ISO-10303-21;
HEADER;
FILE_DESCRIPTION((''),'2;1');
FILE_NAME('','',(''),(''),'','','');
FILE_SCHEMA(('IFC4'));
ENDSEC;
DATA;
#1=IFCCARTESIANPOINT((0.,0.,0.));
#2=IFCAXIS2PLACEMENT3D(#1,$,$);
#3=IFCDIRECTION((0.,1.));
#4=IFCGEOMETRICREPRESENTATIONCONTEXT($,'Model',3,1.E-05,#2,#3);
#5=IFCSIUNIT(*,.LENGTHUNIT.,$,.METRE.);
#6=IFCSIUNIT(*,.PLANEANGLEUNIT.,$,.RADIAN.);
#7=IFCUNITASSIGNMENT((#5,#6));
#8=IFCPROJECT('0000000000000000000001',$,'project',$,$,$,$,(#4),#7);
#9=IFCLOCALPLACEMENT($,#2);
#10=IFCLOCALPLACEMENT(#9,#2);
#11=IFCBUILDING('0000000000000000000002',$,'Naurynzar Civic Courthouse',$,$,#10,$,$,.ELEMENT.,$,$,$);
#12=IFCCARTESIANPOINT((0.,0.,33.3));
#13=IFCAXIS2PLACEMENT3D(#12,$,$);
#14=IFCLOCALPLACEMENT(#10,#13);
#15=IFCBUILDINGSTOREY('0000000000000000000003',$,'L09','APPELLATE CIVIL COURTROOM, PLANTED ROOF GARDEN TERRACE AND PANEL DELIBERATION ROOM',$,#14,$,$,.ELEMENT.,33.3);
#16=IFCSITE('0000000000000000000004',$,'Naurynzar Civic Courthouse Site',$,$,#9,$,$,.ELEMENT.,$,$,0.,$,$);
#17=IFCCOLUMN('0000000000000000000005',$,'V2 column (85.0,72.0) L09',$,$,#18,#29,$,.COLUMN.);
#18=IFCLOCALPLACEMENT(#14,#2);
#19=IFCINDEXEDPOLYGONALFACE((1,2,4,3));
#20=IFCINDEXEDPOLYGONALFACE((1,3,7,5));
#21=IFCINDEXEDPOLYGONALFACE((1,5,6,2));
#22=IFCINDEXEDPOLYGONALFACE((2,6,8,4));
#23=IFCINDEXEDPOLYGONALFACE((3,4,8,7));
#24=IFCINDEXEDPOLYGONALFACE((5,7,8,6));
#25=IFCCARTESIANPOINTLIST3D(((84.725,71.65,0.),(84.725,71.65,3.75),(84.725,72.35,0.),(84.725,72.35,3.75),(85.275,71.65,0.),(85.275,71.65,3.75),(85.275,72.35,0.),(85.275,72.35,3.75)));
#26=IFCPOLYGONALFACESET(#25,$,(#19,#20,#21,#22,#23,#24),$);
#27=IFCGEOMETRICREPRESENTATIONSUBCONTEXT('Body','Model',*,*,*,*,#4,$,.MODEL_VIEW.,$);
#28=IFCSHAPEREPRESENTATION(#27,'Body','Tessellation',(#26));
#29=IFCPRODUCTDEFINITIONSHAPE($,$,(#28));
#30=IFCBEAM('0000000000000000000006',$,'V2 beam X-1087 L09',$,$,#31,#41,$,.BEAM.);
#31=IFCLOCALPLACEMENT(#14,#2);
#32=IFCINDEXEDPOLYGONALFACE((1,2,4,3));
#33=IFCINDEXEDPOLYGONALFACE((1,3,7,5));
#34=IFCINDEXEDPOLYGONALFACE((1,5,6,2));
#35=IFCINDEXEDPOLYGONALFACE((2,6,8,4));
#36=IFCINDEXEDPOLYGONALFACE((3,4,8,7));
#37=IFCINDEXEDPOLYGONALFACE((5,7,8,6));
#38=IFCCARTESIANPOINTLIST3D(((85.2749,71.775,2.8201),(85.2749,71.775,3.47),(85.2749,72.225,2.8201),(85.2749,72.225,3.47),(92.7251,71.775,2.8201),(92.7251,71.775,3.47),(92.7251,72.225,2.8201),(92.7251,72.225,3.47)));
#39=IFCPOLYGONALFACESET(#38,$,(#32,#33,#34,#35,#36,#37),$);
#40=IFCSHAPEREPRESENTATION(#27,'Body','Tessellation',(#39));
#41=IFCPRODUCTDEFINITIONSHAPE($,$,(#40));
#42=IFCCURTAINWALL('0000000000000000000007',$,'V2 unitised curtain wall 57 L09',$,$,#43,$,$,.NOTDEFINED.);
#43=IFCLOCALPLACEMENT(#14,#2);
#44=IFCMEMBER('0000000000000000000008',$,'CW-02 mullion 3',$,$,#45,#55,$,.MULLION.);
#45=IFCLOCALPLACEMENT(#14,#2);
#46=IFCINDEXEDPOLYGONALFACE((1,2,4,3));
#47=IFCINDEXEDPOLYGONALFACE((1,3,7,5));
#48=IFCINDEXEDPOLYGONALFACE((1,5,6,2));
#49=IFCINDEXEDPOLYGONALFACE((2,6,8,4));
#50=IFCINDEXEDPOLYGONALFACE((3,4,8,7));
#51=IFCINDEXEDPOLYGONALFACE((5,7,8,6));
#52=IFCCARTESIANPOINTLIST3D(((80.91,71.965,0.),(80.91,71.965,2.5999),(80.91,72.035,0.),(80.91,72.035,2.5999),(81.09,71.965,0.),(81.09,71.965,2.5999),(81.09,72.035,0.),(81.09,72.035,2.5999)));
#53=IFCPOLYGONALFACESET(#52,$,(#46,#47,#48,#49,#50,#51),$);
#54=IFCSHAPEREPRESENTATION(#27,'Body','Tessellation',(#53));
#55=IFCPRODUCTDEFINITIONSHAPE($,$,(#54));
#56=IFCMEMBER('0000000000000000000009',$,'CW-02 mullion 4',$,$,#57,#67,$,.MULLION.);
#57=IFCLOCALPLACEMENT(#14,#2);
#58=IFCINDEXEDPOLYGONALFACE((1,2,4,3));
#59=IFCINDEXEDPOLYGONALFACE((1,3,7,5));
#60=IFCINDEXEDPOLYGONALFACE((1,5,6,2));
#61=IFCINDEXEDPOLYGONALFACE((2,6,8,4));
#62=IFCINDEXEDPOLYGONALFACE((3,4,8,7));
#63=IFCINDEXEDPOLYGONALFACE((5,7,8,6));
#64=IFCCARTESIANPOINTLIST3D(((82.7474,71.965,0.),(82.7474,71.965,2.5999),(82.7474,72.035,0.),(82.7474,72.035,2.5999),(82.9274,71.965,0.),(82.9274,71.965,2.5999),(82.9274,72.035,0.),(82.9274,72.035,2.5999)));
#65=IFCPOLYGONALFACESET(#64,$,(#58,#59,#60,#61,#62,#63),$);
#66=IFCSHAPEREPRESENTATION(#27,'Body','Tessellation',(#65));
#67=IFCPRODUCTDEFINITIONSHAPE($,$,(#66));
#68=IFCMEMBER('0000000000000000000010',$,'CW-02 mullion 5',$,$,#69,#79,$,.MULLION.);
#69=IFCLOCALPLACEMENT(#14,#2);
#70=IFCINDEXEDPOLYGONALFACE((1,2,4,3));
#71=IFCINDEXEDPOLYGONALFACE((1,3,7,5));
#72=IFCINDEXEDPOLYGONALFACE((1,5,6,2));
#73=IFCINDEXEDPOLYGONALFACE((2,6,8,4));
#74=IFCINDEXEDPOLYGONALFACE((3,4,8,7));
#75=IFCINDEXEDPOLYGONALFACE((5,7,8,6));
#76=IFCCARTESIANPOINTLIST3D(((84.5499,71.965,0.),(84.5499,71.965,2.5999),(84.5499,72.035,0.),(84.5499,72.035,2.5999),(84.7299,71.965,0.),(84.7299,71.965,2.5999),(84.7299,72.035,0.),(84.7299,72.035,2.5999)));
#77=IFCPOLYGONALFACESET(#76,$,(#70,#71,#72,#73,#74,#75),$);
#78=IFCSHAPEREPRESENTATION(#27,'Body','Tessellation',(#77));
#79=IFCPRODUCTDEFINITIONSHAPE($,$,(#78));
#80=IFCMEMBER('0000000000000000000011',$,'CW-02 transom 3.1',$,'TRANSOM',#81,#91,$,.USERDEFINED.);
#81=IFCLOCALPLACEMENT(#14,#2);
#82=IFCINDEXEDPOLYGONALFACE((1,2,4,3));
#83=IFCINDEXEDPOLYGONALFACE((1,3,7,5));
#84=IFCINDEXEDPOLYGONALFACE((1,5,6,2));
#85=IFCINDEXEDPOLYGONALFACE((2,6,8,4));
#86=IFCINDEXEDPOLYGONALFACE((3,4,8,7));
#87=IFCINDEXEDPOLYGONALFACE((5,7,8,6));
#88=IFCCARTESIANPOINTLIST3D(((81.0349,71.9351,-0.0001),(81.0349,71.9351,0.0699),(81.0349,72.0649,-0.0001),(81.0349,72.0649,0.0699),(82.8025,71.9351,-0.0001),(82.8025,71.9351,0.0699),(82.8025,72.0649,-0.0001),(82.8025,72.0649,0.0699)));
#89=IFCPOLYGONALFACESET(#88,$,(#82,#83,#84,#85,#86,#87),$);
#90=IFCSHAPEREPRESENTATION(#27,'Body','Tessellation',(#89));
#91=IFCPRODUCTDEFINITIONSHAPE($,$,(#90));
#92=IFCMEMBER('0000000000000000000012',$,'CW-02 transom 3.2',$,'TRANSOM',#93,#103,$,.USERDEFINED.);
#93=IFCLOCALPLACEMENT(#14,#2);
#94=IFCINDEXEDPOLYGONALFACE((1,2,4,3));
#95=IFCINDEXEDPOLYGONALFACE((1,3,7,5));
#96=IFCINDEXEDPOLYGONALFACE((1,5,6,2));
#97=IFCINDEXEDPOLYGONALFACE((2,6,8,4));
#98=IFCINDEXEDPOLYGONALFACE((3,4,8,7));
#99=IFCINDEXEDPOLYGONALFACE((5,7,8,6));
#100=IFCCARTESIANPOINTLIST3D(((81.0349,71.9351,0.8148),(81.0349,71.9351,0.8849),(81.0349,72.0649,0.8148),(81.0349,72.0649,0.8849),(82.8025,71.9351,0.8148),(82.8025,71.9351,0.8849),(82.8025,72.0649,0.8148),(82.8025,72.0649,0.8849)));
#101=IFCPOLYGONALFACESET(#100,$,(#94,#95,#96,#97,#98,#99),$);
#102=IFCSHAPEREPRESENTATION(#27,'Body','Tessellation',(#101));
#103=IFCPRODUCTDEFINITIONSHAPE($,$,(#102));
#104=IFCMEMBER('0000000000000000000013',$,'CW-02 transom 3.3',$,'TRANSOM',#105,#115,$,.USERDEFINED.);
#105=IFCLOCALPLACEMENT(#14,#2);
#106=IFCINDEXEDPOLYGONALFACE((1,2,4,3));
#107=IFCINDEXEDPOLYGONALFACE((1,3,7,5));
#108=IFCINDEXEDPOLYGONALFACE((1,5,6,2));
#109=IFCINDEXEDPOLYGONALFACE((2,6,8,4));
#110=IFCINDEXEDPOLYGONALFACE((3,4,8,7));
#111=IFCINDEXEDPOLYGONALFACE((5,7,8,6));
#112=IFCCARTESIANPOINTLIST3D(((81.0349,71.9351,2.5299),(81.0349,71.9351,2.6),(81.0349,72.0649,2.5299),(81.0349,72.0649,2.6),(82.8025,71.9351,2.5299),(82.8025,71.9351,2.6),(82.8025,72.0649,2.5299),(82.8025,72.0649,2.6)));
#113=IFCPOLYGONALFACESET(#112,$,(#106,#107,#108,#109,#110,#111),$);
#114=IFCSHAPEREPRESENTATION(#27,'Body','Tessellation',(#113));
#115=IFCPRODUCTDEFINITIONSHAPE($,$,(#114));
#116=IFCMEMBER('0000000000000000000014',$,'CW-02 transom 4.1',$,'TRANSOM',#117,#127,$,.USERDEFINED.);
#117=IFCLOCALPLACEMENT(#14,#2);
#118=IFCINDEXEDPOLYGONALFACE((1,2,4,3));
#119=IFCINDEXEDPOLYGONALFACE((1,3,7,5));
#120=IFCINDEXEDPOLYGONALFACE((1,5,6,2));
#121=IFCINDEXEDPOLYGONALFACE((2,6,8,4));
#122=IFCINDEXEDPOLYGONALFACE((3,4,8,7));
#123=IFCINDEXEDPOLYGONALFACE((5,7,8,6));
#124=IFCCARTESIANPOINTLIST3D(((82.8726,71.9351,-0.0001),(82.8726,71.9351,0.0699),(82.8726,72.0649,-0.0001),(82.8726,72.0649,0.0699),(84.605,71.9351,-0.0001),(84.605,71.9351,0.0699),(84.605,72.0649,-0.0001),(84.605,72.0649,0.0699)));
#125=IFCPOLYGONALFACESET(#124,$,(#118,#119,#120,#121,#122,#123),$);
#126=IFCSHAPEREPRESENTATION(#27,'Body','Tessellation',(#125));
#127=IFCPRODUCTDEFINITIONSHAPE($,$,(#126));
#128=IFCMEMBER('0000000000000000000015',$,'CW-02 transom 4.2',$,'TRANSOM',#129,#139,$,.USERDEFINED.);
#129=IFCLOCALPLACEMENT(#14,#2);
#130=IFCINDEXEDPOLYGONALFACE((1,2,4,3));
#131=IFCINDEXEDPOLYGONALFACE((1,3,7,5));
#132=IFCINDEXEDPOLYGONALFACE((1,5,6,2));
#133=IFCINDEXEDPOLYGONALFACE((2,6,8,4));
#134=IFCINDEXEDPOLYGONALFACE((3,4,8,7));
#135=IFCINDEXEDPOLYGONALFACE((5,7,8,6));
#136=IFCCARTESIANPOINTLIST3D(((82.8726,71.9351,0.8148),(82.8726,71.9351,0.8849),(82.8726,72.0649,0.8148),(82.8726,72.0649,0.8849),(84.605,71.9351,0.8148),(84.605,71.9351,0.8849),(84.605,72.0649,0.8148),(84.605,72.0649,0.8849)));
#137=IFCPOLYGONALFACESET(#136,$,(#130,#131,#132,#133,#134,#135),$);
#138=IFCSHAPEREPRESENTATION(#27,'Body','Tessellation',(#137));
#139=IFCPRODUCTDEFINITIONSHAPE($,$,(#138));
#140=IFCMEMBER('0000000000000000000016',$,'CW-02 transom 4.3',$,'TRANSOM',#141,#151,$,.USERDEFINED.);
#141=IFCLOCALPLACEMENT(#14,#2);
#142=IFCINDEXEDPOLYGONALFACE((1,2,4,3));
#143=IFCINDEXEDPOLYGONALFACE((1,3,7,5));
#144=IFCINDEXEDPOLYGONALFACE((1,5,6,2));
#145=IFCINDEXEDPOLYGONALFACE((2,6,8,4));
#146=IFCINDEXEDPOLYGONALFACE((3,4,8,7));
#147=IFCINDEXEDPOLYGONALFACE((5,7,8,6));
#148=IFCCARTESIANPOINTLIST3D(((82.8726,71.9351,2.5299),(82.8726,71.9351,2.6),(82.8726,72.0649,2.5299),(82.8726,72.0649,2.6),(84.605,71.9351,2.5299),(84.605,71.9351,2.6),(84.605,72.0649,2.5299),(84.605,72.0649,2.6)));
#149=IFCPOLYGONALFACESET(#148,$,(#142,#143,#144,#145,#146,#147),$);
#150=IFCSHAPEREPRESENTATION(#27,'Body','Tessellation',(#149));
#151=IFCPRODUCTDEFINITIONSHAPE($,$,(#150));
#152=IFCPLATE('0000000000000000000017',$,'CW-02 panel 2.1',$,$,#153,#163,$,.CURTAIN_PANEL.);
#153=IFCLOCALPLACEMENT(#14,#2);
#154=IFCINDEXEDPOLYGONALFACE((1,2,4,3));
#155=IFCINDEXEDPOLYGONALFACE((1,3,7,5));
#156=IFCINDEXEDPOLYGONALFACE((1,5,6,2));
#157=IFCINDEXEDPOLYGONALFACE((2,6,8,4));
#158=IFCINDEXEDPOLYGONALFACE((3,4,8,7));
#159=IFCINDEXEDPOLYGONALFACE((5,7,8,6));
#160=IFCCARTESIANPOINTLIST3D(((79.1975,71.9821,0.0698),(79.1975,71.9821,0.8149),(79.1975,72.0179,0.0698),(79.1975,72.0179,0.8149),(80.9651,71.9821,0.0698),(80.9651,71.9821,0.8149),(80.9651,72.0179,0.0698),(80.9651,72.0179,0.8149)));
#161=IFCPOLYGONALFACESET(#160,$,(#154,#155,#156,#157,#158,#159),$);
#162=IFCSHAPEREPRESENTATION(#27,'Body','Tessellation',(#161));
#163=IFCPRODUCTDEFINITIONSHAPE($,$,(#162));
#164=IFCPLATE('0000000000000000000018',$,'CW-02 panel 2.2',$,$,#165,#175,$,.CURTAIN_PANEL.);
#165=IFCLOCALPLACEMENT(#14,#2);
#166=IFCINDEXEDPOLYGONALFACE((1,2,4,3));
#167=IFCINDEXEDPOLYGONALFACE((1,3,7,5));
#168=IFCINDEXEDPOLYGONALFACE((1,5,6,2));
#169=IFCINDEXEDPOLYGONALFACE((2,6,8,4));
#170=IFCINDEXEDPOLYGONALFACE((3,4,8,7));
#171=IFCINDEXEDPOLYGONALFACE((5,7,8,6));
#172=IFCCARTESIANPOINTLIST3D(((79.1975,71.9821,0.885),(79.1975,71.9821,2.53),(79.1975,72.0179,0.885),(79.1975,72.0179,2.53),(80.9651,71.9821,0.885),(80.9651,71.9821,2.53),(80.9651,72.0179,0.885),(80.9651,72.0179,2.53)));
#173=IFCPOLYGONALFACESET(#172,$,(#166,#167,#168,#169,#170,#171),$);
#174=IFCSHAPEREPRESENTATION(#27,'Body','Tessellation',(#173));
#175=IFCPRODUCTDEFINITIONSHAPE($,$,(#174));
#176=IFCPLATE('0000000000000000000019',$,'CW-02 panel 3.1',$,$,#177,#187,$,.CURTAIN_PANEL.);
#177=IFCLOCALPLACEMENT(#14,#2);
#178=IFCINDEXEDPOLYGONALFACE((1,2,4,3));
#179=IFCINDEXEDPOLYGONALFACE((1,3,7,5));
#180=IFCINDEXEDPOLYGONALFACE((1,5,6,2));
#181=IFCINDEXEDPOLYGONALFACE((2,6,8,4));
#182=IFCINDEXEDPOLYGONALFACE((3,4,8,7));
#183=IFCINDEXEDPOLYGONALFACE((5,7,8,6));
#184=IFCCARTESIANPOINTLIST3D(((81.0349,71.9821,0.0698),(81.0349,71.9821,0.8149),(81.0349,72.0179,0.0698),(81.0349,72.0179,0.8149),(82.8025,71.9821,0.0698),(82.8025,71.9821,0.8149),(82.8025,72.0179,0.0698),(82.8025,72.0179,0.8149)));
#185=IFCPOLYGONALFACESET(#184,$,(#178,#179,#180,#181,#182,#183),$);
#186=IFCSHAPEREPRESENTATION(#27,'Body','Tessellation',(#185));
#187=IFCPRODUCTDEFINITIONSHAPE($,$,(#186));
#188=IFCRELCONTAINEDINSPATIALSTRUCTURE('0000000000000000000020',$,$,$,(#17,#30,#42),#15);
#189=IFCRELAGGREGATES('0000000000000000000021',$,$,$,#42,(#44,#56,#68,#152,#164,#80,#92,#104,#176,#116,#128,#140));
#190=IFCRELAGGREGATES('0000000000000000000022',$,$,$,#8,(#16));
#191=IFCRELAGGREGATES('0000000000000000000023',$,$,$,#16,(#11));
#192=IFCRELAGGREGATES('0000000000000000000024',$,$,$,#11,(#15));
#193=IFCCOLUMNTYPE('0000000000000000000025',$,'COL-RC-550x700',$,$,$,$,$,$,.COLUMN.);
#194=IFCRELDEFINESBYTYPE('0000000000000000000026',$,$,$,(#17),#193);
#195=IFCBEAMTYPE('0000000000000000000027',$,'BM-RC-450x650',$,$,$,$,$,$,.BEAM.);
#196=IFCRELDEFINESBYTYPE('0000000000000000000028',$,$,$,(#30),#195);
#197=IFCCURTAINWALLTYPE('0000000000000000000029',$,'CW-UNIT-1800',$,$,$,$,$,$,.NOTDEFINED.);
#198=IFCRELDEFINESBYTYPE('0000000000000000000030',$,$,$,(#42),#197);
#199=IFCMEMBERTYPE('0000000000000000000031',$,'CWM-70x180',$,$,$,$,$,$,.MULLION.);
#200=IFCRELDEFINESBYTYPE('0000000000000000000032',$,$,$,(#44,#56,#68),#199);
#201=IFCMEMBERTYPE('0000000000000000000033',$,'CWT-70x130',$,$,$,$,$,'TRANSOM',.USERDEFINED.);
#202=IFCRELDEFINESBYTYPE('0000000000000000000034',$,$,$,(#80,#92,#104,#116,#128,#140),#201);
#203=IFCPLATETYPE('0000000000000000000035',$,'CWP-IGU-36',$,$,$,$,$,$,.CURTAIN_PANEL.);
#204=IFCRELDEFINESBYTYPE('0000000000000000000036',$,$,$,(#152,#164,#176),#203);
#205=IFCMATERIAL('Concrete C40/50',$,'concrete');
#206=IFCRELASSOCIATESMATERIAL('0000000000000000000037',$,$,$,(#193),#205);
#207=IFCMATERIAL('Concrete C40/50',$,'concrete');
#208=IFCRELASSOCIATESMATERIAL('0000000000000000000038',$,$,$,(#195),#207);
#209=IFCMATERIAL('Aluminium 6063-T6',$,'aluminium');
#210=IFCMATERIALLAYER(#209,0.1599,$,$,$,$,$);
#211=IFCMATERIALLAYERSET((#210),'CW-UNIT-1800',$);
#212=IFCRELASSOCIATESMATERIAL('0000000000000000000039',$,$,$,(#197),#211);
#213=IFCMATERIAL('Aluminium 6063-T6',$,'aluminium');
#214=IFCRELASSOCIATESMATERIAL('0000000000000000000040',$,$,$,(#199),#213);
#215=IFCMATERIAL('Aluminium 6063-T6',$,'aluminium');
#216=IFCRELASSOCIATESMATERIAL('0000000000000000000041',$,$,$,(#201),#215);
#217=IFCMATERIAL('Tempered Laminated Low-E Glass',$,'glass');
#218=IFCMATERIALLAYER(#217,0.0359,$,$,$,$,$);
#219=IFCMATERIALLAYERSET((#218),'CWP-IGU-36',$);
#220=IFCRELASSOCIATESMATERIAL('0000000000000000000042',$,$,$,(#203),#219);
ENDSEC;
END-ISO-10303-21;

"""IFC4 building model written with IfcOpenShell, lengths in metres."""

from ifc_helpers import new_model, si_unit, direction, frame, origin, origin_2d, place, context, subcontext, project, spatial, rectangle, extrude, material, layer, layer_set, material_profile, profile_set, type_object, element, aggregate, save


model = new_model("IFC4")

# Units and contexts
model_context = context("Model", 3, precision=1e-05, world=origin(), true_north=direction((0.0, 1.0)))
body_context = subcontext(model_context, "Body", "Model", "MODEL_VIEW")
ifc_project = project(units=[si_unit("LENGTHUNIT", "METRE"), si_unit("PLANEANGLEUNIT", "RADIAN")], contexts=[model_context])

# Site, building, storey
site_placement = place(None, origin())
site = spatial("IfcSite", under=ifc_project, at=site_placement, Name="Naurynzar Civic Courthouse Site", CompositionType="ELEMENT", RefElevation=0.0)
building_placement = place(site_placement, origin())
building = spatial("IfcBuilding", under=site, at=building_placement, Name="Naurynzar Civic Courthouse", CompositionType="ELEMENT")
storey_placement = place(building_placement, frame((0.0, 0.0, 33.3)))
storey = spatial("IfcBuildingStorey", under=building, at=storey_placement, Name="L09", Description="APPELLATE CIVIL COURTROOM, PLANTED ROOF GARDEN TERRACE AND PANEL DELIBERATION ROOM", CompositionType="ELEMENT", Elevation=33.3)

# Column
ifc_material_1 = material(Name="Concrete C40/50", Category="concrete")
ifc_material_profile_1 = material_profile(ifc_material_1, rectangle(XDim=0.55, YDim=0.7, at=origin_2d()), Name="RC 550x700")
ifc_profile_set_1 = profile_set([ifc_material_profile_1], Name="Concrete C40/50")
column_type = type_object("IfcColumnType", Name="COL-RC-550x700", PredefinedType="COLUMN", material=ifc_profile_set_1)
column_placement = place(storey_placement, frame((85.0, 72.0, 0.0), z_axis=(0.0, 0.0, 1.0), x_axis=(1.0, 0.0, 0.0)))
element("IfcColumn", 1, at=column_placement, inside=storey, type_object=column_type, Name="V2 column (85.0,72.0) L09", PredefinedType="COLUMN", context=body_context, shape_type="SweptSolid", body=[
    extrude(rectangle(XDim=0.55, YDim=0.7, at=origin_2d()), origin(), (0.0, 0.0, 1.0), 3.75),
])

# Beam
ifc_material_2 = material(Name="Concrete C40/50", Category="concrete")
ifc_material_profile_2 = material_profile(ifc_material_2, rectangle(XDim=0.45, YDim=0.6499, at=origin_2d()), Name="RCB 450x650")
ifc_profile_set_2 = profile_set([ifc_material_profile_2], Name="Concrete C40/50")
beam_type = type_object("IfcBeamType", Name="BM-RC-450x650", PredefinedType="BEAM", material=ifc_profile_set_2)
beam_placement = place(storey_placement, frame((85.2749, 72.0, 3.145), z_axis=(1.0, 0.0, 0.0), x_axis=(0.0, 1.0, 0.0)))
element("IfcBeam", 2, at=beam_placement, inside=storey, type_object=beam_type, Name="V2 beam X-1087 L09", PredefinedType="BEAM", context=body_context, shape_type="SweptSolid", body=[
    extrude(rectangle(XDim=0.45, YDim=0.6499, at=origin_2d()), origin(), (0.0, 0.0, 1.0), 7.4502),
])

# Curtain wall, members, plates
ifc_material_3 = material(Name="Aluminium 6063-T6", Category="aluminium")
ifc_layer_1 = layer(ifc_material_3, 0.1599)
ifc_layer_set_1 = layer_set([ifc_layer_1], Name="CW-UNIT-1800")
curtain_wall_type = type_object("IfcCurtainWallType", Name="CW-UNIT-1800", PredefinedType="NOTDEFINED", material=ifc_layer_set_1)
curtain_wall_placement = place(storey_placement, origin())
curtain_wall = element("IfcCurtainWall", 3, at=curtain_wall_placement, inside=storey, type_object=curtain_wall_type, Name="V2 unitised curtain wall 57 L09", PredefinedType="NOTDEFINED")
ifc_material_4 = material(Name="Aluminium 6063-T6", Category="aluminium")
ifc_material_profile_3 = material_profile(ifc_material_4, rectangle(XDim=0.0701, YDim=0.1799, at=origin_2d()), Name="ALU MULLION 70x180")
ifc_profile_set_3 = profile_set([ifc_material_profile_3], Name="Aluminium 6063-T6")
member_type_1 = type_object("IfcMemberType", Name="CWM-70x180", PredefinedType="MULLION", material=ifc_profile_set_3)
member_1_placement = place(storey_placement, frame((81.0, 72.0, 0.0), z_axis=(0.0, 0.0, 1.0), x_axis=(0.0, 1.0, 0.0)))
member_1 = element("IfcMember", 4, at=member_1_placement, type_object=member_type_1, Name="CW-02 mullion 3", PredefinedType="MULLION", context=body_context, shape_type="SweptSolid", body=[
    extrude(rectangle(XDim=0.0701, YDim=0.1799, at=origin_2d()), origin(), (0.0, 0.0, 1.0), 2.5999),
])
member_2_placement = place(storey_placement, frame((82.8374, 72.0, 0.0), z_axis=(0.0, 0.0, 1.0), x_axis=(0.0, 1.0, 0.0)))
member_2 = element("IfcMember", 5, at=member_2_placement, type_object=member_type_1, Name="CW-02 mullion 4", PredefinedType="MULLION", context=body_context, shape_type="SweptSolid", body=[
    extrude(rectangle(XDim=0.0701, YDim=0.1799, at=origin_2d()), origin(), (0.0, 0.0, 1.0), 2.5999),
])
member_3_placement = place(storey_placement, frame((84.6399, 72.0, 0.0), z_axis=(0.0, 0.0, 1.0), x_axis=(0.0, 1.0, 0.0)))
member_3 = element("IfcMember", 6, at=member_3_placement, type_object=member_type_1, Name="CW-02 mullion 5", PredefinedType="MULLION", context=body_context, shape_type="SweptSolid", body=[
    extrude(rectangle(XDim=0.0701, YDim=0.1799, at=origin_2d()), origin(), (0.0, 0.0, 1.0), 2.5999),
])
ifc_material_5 = material(Name="Aluminium 6063-T6", Category="aluminium")
ifc_material_profile_4 = material_profile(ifc_material_5, rectangle(XDim=0.1299, YDim=0.0701, at=origin_2d()), Name="ALU TRANSOM 70x130")
ifc_profile_set_4 = profile_set([ifc_material_profile_4], Name="Aluminium 6063-T6")
member_type_2 = type_object("IfcMemberType", Name="CWT-70x130", ElementType="TRANSOM", PredefinedType="USERDEFINED", material=ifc_profile_set_4)
member_4_placement = place(storey_placement, frame((81.0349, 72.0, 0.0349), z_axis=(1.0, 0.0, 0.0), x_axis=(0.0, 1.0, 0.0)))
member_4 = element("IfcMember", 7, at=member_4_placement, type_object=member_type_2, Name="CW-02 transom 3.1", ObjectType="TRANSOM", PredefinedType="USERDEFINED", context=body_context, shape_type="SweptSolid", body=[
    extrude(rectangle(XDim=0.1299, YDim=0.0701, at=origin_2d()), origin(), (0.0, 0.0, 1.0), 1.7676),
])
member_5_placement = place(storey_placement, frame((81.0349, 72.0, 0.8499), z_axis=(1.0, 0.0, 0.0), x_axis=(0.0, 1.0, 0.0)))
member_5 = element("IfcMember", 8, at=member_5_placement, type_object=member_type_2, Name="CW-02 transom 3.2", ObjectType="TRANSOM", PredefinedType="USERDEFINED", context=body_context, shape_type="SweptSolid", body=[
    extrude(rectangle(XDim=0.1299, YDim=0.0701, at=origin_2d()), origin(), (0.0, 0.0, 1.0), 1.7676),
])
member_6_placement = place(storey_placement, frame((81.0349, 72.0, 2.5649), z_axis=(1.0, 0.0, 0.0), x_axis=(0.0, 1.0, 0.0)))
member_6 = element("IfcMember", 9, at=member_6_placement, type_object=member_type_2, Name="CW-02 transom 3.3", ObjectType="TRANSOM", PredefinedType="USERDEFINED", context=body_context, shape_type="SweptSolid", body=[
    extrude(rectangle(XDim=0.1299, YDim=0.0701, at=origin_2d()), origin(), (0.0, 0.0, 1.0), 1.7676),
])
member_7_placement = place(storey_placement, frame((82.8726, 72.0, 0.0349), z_axis=(1.0, 0.0, 0.0), x_axis=(0.0, 1.0, 0.0)))
member_7 = element("IfcMember", 10, at=member_7_placement, type_object=member_type_2, Name="CW-02 transom 4.1", ObjectType="TRANSOM", PredefinedType="USERDEFINED", context=body_context, shape_type="SweptSolid", body=[
    extrude(rectangle(XDim=0.1299, YDim=0.0701, at=origin_2d()), origin(), (0.0, 0.0, 1.0), 1.7324),
])
member_8_placement = place(storey_placement, frame((82.8726, 72.0, 0.8499), z_axis=(1.0, 0.0, 0.0), x_axis=(0.0, 1.0, 0.0)))
member_8 = element("IfcMember", 11, at=member_8_placement, type_object=member_type_2, Name="CW-02 transom 4.2", ObjectType="TRANSOM", PredefinedType="USERDEFINED", context=body_context, shape_type="SweptSolid", body=[
    extrude(rectangle(XDim=0.1299, YDim=0.0701, at=origin_2d()), origin(), (0.0, 0.0, 1.0), 1.7324),
])
member_9_placement = place(storey_placement, frame((82.8726, 72.0, 2.5649), z_axis=(1.0, 0.0, 0.0), x_axis=(0.0, 1.0, 0.0)))
member_9 = element("IfcMember", 12, at=member_9_placement, type_object=member_type_2, Name="CW-02 transom 4.3", ObjectType="TRANSOM", PredefinedType="USERDEFINED", context=body_context, shape_type="SweptSolid", body=[
    extrude(rectangle(XDim=0.1299, YDim=0.0701, at=origin_2d()), origin(), (0.0, 0.0, 1.0), 1.7324),
])
ifc_material_6 = material(Name="Tempered Laminated Low-E Glass", Category="glass")
ifc_layer_2 = layer(ifc_material_6, 0.0359)
ifc_layer_set_2 = layer_set([ifc_layer_2], Name="CWP-IGU-36")
plate_type = type_object("IfcPlateType", Name="CWP-IGU-36", PredefinedType="CURTAIN_PANEL", material=ifc_layer_set_2)
plate_1_placement = place(storey_placement, frame((80.0813, 72.0, 0.0698), z_axis=(0.0, 0.0, 1.0), x_axis=(1.0, 0.0, 0.0)))
plate_1 = element("IfcPlate", 13, at=plate_1_placement, type_object=plate_type, Name="CW-02 panel 2.1", PredefinedType="CURTAIN_PANEL", context=body_context, shape_type="SweptSolid", body=[
    extrude(rectangle(XDim=1.7676, YDim=0.0359, at=origin_2d()), origin(), (0.0, 0.0, 1.0), 0.7451),
])
plate_2_placement = place(storey_placement, frame((80.0813, 72.0, 0.885), z_axis=(0.0, 0.0, 1.0), x_axis=(1.0, 0.0, 0.0)))
plate_2 = element("IfcPlate", 14, at=plate_2_placement, type_object=plate_type, Name="CW-02 panel 2.2", PredefinedType="CURTAIN_PANEL", context=body_context, shape_type="SweptSolid", body=[
    extrude(rectangle(XDim=1.7676, YDim=0.0359, at=origin_2d()), origin(), (0.0, 0.0, 1.0), 1.645),
])
plate_3_placement = place(storey_placement, frame((81.9187, 72.0, 0.0698), z_axis=(0.0, 0.0, 1.0), x_axis=(1.0, 0.0, 0.0)))
plate_3 = element("IfcPlate", 15, at=plate_3_placement, type_object=plate_type, Name="CW-02 panel 3.1", PredefinedType="CURTAIN_PANEL", context=body_context, shape_type="SweptSolid", body=[
    extrude(rectangle(XDim=1.7676, YDim=0.0359, at=origin_2d()), origin(), (0.0, 0.0, 1.0), 0.7451),
])
aggregate(curtain_wall, [member_1, member_2, member_3, plate_1, plate_2, member_4, member_5, member_6, plate_3, member_7, member_8, member_9])

save(model, "model.ifc")
